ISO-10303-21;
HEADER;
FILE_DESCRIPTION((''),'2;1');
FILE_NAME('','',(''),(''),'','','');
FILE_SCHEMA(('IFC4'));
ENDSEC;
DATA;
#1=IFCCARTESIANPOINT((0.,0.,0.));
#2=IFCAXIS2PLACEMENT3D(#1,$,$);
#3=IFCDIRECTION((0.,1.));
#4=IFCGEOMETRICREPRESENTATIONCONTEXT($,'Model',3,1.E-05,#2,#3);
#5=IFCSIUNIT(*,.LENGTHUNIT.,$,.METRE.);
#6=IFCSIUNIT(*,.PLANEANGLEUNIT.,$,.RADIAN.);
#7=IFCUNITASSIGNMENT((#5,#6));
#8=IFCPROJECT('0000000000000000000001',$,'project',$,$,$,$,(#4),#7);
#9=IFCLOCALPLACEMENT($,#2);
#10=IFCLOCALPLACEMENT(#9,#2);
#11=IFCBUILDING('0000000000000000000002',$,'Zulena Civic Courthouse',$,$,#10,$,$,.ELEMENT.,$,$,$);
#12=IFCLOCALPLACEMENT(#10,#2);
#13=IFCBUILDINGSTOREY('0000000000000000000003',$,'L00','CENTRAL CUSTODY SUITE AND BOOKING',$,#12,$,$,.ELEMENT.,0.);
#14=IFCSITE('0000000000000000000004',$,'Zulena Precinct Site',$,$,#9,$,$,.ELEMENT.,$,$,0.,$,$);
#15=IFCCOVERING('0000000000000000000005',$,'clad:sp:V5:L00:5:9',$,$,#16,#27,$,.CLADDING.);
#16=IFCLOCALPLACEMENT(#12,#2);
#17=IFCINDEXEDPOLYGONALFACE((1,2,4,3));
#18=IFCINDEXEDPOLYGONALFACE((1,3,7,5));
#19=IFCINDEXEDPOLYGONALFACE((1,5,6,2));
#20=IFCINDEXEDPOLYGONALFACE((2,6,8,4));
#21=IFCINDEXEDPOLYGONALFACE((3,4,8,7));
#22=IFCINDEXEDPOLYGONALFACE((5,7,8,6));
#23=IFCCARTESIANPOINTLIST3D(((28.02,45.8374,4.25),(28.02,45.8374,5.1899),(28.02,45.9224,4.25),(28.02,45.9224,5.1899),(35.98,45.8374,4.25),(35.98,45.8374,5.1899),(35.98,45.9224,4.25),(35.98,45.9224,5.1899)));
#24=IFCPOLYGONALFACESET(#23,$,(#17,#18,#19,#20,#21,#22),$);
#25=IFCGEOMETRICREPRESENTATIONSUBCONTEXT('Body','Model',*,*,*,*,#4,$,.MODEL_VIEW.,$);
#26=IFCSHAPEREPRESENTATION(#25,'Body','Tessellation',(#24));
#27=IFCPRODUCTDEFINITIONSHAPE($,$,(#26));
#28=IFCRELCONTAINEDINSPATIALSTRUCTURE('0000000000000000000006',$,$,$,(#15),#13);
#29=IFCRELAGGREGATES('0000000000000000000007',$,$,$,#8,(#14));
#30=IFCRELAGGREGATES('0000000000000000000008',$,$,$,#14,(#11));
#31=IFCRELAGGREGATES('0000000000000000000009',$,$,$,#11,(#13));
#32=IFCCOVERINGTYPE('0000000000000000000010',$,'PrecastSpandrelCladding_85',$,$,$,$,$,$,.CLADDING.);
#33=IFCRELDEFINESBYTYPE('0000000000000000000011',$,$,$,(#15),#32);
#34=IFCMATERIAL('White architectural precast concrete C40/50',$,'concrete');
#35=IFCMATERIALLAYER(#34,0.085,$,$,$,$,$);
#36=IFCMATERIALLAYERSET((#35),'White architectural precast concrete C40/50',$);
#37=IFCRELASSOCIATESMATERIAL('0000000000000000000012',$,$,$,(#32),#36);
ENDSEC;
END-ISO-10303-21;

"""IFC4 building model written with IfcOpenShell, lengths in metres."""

from ifc_helpers import new_model, si_unit, direction, frame, origin, origin_2d, place, context, subcontext, project, spatial, rectangle, extrude, material, layer, layer_set, type_object, element, save


model = new_model("IFC4")

# Units and contexts
model_context = context("Model", 3, precision=1e-05, world=origin(), true_north=direction((0.0, 1.0)))
body_context = subcontext(model_context, "Body", "Model", "MODEL_VIEW")
ifc_project = project(units=[si_unit("LENGTHUNIT", "METRE"), si_unit("PLANEANGLEUNIT", "RADIAN")], contexts=[model_context])

# Site, building, storey
site_placement = place(None, origin())
site = spatial("IfcSite", under=ifc_project, at=site_placement, Name="Zulena Precinct Site", CompositionType="ELEMENT", RefElevation=0.0)
building_placement = place(site_placement, origin())
building = spatial("IfcBuilding", under=site, at=building_placement, Name="Zulena Civic Courthouse", CompositionType="ELEMENT")
storey_placement = place(building_placement, origin())
storey = spatial("IfcBuildingStorey", under=building, at=storey_placement, Name="L00", Description="CENTRAL CUSTODY SUITE AND BOOKING", CompositionType="ELEMENT", Elevation=0.0)

# Covering
ifc_material_1 = material(Name="White architectural precast concrete C40/50", Category="concrete")
ifc_layer_1 = layer(ifc_material_1, 0.085)
ifc_layer_set_1 = layer_set([ifc_layer_1], Name="White architectural precast concrete C40/50")
covering_type = type_object("IfcCoveringType", Name="PrecastSpandrelCladding_85", PredefinedType="CLADDING", material=ifc_layer_set_1)
for number, where, z_axis, x_axis, name in (
    (1, (32.0, 45.8799, 4.25), (0.0, 0.0, 1.0), (-1.0, 0.0, 0.0), "clad:sp:V5:L00:5:9"),
):
    element("IfcCovering", number, at=place(storey_placement, frame(where, z_axis=z_axis, x_axis=x_axis)), inside=storey, type_object=covering_type, Name=name, PredefinedType="CLADDING", context=body_context, shape_type="SweptSolid", body=[
        extrude(rectangle(XDim=7.96, YDim=0.085, at=origin_2d()), origin(), (0.0, 0.0, 1.0), 0.9399),
    ])

save(model, "model.ifc")
